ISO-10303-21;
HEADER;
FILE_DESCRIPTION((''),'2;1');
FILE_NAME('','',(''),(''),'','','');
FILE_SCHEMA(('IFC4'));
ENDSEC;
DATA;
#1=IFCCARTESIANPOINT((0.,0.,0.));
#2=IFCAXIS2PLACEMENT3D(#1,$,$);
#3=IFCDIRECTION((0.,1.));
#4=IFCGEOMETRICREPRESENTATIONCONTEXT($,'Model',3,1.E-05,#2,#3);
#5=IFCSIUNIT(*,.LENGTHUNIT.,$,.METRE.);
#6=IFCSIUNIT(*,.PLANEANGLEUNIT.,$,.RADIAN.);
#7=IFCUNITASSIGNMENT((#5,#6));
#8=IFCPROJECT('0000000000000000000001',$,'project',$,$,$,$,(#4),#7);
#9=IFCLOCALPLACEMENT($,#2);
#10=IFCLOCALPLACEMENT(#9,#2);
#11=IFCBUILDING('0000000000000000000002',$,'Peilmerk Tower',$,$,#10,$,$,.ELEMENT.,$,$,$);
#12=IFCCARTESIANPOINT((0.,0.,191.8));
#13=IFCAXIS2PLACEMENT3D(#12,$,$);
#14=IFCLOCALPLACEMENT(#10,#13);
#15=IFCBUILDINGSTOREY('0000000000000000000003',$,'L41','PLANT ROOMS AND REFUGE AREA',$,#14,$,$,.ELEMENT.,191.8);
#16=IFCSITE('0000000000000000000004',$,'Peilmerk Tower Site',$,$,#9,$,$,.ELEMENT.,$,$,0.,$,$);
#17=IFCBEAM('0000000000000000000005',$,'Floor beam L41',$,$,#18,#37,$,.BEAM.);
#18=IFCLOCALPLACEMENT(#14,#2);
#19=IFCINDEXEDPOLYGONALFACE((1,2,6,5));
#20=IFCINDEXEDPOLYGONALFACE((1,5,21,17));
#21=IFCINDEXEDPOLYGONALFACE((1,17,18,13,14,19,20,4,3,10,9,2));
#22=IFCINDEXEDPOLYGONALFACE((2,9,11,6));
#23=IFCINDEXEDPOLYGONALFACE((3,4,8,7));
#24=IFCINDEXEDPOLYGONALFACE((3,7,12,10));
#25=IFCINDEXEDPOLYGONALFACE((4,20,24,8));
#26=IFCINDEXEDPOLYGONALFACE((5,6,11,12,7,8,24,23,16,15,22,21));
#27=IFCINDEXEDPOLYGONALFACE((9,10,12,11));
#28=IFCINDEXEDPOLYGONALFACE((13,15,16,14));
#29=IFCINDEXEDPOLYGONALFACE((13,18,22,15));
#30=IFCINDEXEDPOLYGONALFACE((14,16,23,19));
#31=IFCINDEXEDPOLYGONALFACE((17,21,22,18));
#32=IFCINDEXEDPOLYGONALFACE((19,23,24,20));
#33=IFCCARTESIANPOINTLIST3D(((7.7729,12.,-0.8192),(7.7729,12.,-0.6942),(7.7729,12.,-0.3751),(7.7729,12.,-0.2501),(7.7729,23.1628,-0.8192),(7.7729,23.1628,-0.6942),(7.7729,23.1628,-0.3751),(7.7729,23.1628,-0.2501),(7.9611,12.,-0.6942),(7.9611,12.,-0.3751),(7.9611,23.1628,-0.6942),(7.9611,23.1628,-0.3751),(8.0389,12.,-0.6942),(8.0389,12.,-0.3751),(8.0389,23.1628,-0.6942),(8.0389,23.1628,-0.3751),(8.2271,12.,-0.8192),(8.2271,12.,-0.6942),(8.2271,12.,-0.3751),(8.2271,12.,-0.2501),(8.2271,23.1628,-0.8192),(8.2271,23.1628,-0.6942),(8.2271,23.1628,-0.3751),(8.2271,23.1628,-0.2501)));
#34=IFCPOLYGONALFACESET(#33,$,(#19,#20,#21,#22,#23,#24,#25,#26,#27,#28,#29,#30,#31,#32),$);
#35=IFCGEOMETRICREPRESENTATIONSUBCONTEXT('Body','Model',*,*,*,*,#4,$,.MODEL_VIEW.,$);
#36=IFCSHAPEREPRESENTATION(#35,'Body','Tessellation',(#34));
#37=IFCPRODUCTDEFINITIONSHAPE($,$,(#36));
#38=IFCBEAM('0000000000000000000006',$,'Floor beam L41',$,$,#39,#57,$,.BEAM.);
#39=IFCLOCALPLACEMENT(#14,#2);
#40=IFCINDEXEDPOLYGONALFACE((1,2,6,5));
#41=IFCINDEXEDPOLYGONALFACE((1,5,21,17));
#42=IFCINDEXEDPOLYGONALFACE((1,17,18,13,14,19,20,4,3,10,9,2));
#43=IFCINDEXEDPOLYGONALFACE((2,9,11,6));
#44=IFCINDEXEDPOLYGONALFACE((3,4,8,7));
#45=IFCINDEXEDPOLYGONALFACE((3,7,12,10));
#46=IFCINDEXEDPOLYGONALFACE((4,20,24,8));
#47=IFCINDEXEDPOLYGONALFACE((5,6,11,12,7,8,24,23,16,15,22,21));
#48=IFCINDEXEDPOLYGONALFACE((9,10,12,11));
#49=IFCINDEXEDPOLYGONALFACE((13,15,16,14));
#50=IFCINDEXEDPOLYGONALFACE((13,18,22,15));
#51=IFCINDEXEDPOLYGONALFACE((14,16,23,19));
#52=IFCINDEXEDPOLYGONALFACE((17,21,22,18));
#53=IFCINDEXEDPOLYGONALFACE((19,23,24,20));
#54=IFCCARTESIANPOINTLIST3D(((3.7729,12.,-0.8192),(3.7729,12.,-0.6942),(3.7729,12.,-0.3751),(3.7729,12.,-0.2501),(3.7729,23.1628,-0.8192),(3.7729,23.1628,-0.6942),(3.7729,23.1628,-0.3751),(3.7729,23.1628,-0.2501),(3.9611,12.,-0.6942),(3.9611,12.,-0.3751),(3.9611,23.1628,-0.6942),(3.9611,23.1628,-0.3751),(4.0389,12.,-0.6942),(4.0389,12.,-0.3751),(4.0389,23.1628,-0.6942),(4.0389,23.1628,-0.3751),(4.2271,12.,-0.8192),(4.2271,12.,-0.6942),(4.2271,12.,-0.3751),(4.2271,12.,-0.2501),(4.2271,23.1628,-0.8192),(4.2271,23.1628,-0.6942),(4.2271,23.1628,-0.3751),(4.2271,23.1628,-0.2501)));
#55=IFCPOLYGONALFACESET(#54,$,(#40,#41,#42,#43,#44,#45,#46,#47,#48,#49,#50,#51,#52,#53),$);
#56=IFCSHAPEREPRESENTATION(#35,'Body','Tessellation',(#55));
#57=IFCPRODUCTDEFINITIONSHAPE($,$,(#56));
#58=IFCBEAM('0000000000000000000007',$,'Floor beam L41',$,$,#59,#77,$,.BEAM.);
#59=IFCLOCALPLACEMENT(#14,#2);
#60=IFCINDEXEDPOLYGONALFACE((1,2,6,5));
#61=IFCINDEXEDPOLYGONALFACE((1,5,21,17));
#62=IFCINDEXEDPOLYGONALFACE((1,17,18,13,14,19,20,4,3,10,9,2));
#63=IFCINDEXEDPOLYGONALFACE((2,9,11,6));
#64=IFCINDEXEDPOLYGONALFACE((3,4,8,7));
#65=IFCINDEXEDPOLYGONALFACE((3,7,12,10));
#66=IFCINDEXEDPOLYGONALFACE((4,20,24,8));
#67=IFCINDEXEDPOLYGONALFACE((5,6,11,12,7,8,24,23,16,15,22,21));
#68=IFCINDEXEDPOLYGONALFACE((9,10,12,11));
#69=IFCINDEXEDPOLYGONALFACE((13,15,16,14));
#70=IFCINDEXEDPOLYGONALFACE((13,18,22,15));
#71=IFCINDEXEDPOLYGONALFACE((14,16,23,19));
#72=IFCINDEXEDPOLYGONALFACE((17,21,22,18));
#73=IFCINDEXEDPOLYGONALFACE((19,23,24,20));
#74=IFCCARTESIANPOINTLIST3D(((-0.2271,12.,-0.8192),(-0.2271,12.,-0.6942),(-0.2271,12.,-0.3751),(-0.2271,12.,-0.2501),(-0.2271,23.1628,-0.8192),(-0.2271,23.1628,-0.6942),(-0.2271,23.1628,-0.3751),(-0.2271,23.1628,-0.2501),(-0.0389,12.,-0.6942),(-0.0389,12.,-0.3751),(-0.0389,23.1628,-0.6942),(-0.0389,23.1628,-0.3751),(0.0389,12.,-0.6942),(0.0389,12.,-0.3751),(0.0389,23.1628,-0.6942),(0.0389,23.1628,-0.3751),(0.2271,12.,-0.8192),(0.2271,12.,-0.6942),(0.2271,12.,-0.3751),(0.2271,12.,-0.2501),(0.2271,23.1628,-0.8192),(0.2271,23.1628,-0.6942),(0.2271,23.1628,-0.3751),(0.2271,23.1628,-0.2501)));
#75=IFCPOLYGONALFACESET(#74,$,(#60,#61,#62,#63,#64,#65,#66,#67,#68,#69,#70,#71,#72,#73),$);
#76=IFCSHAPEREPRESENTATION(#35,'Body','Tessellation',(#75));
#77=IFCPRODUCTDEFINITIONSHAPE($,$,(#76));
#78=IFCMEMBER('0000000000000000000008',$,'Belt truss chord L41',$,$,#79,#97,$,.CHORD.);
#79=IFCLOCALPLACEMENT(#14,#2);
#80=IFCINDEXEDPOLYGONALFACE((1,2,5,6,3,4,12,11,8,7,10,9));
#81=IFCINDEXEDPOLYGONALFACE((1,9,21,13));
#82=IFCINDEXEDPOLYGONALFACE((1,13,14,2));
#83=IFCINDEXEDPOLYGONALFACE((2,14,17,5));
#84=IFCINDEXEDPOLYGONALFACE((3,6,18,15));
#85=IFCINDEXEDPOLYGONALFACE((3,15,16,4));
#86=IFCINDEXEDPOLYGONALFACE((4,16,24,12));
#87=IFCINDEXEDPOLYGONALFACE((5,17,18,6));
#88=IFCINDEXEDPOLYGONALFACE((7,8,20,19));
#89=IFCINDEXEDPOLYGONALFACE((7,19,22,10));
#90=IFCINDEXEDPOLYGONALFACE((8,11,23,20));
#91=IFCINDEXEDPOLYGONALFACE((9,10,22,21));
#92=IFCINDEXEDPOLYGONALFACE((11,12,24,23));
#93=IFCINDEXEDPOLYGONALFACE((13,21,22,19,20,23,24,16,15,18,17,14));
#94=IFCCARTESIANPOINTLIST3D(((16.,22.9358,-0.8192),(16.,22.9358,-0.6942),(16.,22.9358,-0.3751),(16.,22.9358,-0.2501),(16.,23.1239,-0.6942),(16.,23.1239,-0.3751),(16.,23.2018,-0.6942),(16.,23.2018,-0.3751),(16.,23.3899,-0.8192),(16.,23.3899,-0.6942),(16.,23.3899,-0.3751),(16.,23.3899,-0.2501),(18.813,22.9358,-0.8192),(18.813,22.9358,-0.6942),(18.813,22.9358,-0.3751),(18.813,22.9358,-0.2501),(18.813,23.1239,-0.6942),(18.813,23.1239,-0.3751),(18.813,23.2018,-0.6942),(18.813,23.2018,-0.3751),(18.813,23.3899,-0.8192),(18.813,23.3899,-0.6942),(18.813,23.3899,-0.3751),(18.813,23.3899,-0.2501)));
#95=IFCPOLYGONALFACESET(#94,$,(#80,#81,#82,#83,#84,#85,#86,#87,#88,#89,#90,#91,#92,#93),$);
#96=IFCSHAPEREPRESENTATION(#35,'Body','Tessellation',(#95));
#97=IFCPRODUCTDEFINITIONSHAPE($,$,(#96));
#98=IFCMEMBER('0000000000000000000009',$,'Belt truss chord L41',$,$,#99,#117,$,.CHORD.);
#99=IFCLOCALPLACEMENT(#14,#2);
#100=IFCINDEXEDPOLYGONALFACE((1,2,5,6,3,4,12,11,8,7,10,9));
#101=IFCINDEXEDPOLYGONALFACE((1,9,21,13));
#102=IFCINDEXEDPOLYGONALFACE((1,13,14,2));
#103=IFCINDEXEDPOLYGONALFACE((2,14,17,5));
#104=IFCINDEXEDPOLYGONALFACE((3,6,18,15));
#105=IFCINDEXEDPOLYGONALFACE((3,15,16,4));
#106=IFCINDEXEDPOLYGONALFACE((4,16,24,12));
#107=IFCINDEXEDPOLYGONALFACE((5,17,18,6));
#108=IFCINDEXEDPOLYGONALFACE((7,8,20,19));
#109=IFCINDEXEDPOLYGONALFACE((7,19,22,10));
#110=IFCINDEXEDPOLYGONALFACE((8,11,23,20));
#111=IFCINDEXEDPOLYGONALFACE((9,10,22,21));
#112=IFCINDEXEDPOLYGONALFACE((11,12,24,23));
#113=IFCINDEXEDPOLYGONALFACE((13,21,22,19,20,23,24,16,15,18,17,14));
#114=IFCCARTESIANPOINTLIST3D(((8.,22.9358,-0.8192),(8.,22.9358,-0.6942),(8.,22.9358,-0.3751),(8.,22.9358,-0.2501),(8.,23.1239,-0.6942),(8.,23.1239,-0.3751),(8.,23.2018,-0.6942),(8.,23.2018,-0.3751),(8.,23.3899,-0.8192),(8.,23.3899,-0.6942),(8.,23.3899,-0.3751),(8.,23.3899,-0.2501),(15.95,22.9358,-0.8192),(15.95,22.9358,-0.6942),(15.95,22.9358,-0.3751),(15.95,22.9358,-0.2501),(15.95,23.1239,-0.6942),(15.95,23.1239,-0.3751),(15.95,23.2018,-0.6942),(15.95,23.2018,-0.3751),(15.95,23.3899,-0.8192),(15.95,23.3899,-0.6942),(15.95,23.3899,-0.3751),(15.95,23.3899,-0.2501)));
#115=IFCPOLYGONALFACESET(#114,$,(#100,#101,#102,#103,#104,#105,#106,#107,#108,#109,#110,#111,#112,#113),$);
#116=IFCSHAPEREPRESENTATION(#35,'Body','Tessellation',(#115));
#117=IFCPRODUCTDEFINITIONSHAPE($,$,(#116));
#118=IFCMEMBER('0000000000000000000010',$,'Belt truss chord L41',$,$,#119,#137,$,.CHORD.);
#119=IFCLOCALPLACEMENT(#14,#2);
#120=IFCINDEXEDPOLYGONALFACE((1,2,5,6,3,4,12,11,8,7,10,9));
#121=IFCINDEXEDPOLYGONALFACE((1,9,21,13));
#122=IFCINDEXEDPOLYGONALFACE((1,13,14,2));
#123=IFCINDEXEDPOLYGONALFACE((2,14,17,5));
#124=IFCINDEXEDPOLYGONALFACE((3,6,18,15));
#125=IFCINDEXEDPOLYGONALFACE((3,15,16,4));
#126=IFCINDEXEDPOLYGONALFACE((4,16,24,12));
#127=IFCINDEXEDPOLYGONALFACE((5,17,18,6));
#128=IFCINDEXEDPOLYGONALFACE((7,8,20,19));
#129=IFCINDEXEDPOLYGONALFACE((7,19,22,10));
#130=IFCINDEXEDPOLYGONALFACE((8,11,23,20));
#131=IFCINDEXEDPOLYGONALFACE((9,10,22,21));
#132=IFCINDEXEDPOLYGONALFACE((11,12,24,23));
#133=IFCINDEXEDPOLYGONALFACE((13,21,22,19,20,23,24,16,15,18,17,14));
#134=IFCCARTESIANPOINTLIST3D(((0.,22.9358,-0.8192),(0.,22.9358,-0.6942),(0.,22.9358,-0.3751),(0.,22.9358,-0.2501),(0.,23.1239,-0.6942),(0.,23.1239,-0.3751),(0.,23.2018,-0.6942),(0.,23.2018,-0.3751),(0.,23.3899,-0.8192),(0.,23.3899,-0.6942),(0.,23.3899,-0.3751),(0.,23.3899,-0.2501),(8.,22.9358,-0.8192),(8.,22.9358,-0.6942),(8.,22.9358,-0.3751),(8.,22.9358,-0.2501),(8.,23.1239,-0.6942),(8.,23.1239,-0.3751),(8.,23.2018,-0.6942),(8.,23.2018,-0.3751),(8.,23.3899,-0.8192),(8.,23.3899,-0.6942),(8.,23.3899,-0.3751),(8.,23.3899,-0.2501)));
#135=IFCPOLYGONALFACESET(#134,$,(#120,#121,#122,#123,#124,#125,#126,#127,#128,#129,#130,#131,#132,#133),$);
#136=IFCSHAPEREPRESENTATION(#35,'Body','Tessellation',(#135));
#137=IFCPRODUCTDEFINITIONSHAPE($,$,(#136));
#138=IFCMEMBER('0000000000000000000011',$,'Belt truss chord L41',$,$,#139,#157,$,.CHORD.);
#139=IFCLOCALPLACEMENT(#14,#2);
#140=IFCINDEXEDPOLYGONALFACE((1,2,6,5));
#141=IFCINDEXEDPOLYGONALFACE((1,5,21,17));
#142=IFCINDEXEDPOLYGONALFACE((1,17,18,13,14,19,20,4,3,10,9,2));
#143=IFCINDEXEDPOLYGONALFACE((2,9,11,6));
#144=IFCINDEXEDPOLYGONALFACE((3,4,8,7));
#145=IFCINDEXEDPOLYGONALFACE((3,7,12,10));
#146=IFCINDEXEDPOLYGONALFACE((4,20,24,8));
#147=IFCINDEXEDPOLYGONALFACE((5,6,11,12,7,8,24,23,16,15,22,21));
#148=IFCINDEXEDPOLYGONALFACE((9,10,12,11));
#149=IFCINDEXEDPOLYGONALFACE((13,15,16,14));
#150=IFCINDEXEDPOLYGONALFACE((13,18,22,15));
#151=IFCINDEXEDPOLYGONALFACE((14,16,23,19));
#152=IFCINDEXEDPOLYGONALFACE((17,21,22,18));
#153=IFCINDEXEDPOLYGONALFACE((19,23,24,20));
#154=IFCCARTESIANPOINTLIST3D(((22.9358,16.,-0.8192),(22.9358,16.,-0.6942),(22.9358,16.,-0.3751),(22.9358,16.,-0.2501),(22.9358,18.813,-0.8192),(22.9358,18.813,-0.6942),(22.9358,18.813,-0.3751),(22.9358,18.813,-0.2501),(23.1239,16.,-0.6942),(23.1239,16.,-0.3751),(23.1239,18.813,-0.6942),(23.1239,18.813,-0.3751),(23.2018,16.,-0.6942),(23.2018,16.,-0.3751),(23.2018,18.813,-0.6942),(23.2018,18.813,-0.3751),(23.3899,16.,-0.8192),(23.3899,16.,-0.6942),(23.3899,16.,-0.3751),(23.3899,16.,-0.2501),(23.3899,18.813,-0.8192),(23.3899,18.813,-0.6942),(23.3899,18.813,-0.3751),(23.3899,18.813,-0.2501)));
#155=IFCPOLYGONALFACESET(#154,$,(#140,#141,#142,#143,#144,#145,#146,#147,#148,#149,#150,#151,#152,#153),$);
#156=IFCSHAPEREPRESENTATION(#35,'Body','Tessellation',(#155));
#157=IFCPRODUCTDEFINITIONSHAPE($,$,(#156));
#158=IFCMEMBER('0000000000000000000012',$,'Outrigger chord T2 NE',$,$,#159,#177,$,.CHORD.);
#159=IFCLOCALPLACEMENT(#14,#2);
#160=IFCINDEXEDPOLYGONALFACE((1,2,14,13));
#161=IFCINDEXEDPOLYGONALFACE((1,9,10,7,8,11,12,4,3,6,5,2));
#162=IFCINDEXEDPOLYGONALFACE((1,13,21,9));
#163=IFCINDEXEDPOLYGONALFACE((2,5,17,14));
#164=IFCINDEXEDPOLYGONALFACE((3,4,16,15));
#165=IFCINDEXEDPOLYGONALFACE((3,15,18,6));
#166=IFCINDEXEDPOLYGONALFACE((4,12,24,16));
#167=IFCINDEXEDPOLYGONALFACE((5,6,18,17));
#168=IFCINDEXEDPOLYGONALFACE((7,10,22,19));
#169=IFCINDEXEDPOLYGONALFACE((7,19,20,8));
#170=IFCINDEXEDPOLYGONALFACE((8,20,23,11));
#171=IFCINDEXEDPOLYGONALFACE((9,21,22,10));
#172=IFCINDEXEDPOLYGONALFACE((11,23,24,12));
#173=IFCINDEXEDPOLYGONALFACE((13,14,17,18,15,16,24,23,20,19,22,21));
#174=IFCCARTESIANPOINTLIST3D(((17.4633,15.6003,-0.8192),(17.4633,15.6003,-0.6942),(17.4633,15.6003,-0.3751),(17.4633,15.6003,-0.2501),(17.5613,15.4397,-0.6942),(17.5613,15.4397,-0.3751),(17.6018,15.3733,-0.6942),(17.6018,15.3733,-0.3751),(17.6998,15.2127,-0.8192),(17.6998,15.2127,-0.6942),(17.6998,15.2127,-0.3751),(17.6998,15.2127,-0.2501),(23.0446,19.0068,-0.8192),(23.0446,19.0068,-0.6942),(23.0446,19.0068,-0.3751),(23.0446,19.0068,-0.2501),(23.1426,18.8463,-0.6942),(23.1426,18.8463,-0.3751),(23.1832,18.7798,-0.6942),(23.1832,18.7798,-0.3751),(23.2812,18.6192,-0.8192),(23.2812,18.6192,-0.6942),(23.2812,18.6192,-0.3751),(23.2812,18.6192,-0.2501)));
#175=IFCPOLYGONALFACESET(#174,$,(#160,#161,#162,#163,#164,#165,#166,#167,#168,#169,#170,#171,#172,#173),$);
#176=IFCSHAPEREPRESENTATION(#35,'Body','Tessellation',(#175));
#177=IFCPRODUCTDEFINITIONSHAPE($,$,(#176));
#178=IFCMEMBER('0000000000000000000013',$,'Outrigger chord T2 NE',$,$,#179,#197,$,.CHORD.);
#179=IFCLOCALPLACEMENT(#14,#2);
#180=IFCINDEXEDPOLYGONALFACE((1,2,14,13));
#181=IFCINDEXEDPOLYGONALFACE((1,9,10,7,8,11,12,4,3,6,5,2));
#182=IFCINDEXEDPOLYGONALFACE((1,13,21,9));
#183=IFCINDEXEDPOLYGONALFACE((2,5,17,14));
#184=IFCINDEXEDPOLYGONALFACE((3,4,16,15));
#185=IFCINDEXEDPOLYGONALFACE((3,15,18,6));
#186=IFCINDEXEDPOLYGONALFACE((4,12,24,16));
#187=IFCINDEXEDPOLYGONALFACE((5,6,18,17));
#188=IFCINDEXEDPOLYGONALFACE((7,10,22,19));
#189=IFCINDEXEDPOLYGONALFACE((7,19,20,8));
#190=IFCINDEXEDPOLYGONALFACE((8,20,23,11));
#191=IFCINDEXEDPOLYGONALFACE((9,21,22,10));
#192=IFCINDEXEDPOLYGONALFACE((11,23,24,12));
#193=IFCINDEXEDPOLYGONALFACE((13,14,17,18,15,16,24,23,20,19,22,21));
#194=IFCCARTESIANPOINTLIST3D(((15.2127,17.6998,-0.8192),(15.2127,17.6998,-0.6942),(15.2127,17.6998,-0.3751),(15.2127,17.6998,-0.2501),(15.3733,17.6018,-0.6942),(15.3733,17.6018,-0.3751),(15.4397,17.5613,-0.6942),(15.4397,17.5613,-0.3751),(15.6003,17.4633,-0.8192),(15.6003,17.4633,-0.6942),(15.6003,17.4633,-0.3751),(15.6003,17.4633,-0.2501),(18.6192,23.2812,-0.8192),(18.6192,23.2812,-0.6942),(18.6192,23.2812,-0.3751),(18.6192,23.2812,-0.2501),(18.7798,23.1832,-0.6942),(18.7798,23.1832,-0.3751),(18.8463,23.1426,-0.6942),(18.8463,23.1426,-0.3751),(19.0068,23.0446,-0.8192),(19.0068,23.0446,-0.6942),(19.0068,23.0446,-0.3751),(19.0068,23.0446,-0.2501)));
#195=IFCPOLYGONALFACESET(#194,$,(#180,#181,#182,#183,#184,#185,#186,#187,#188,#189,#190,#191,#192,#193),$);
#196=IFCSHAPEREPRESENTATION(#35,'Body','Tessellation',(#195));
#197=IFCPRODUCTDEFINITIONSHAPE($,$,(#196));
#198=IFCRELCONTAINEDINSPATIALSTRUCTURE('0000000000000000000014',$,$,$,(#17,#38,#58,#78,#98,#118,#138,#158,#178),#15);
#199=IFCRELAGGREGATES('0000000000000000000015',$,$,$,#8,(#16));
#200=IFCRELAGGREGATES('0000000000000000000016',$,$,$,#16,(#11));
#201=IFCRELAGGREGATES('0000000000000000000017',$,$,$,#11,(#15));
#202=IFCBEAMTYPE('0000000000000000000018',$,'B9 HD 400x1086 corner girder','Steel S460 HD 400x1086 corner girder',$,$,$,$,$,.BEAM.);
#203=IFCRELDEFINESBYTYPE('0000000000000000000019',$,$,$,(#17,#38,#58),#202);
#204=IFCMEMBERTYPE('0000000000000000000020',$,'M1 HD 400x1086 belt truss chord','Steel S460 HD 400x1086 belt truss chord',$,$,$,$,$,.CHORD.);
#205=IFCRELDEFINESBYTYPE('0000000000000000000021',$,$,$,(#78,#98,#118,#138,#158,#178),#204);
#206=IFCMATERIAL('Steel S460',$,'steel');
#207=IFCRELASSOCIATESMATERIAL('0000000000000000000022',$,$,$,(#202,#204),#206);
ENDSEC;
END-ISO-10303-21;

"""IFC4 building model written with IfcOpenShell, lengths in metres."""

from ifc_helpers import new_model, si_unit, direction, frame, origin, origin_2d, place, context, subcontext, project, spatial, i_section, extrude, material, material_profile, profile_set, type_object, element, save


model = new_model("IFC4")

# Units and contexts
model_context = context("Model", 3, precision=1e-05, world=origin(), true_north=direction((0.0, 1.0)))
body_context = subcontext(model_context, "Body", "Model", "MODEL_VIEW")
ifc_project = project(units=[si_unit("LENGTHUNIT", "METRE"), si_unit("PLANEANGLEUNIT", "RADIAN")], contexts=[model_context])

# Site, building, storey
site_placement = place(None, origin())
site = spatial("IfcSite", under=ifc_project, at=site_placement, Name="Peilmerk Tower Site", CompositionType="ELEMENT", RefElevation=0.0)
building_placement = place(site_placement, origin())
building = spatial("IfcBuilding", under=site, at=building_placement, Name="Peilmerk Tower", CompositionType="ELEMENT")
storey_placement = place(building_placement, frame((0.0, 0.0, 191.8)))
storey = spatial("IfcBuildingStorey", under=building, at=storey_placement, Name="L41", Description="PLANT ROOMS AND REFUGE AREA", CompositionType="ELEMENT", Elevation=191.8)

# Shared definitions
ifc_material_1 = material(Name="Steel S460", Category="steel")

# Beams
ifc_material_profile_1 = material_profile(ifc_material_1, i_section(OverallWidth=0.4541, OverallDepth=0.5691, WebThickness=0.0779, FlangeThickness=0.125, at=origin_2d()), Name="HD 400x1086")
ifc_profile_set_1 = profile_set([ifc_material_profile_1], Name="Steel S460")
beam_type_1 = type_object("IfcBeamType", Name="B9 HD 400x1086 corner girder", Description="Steel S460 HD 400x1086 corner girder", PredefinedType="BEAM", material=ifc_profile_set_1)
for number, where, z_axis, x_axis, name in (
    (1, (8.0, 12.0, -0.5347), (0.0, 1.0, 0.0), (-1.0, 0.0, 0.0), "Floor beam L41"),
    (2, (4.0, 12.0, -0.5347), (0.0, 1.0, 0.0), (-1.0, 0.0, 0.0), "Floor beam L41"),
    (3, (0.0, 12.0, -0.5347), (0.0, 1.0, 0.0), (-1.0, 0.0, 0.0), "Floor beam L41"),
):
    element("IfcBeam", number, at=place(storey_placement, frame(where, z_axis=z_axis, x_axis=x_axis)), inside=storey, type_object=beam_type_1, Name=name, PredefinedType="BEAM", context=body_context, shape_type="SweptSolid", body=[
        extrude(i_section(OverallWidth=0.4541, OverallDepth=0.5691, WebThickness=0.0779, FlangeThickness=0.125, at=origin_2d()), origin(), (0.0, 0.0, 1.0), 11.1628),
    ])

# Members
ifc_material_profile_2 = material_profile(ifc_material_1, i_section(OverallWidth=0.4541, OverallDepth=0.5691, WebThickness=0.0779, FlangeThickness=0.125, at=origin_2d()), Name="HD 400x1086")
ifc_profile_set_2 = profile_set([ifc_material_profile_2], Name="Steel S460")
member_type_1 = type_object("IfcMemberType", Name="M1 HD 400x1086 belt truss chord", Description="Steel S460 HD 400x1086 belt truss chord", PredefinedType="CHORD", material=ifc_profile_set_2)
member_1_placement = place(storey_placement, frame((18.813, 23.1628, -0.5347), z_axis=(-1.0, 0.0, 0.0), x_axis=(0.0, -1.0, 0.0)))
element("IfcMember", 4, at=member_1_placement, inside=storey, type_object=member_type_1, Name="Belt truss chord L41", PredefinedType="CHORD", context=body_context, shape_type="SweptSolid", body=[
    extrude(i_section(OverallWidth=0.4541, OverallDepth=0.5691, WebThickness=0.0779, FlangeThickness=0.125, at=origin_2d()), origin(), (0.0, 0.0, 1.0), 2.813),
])
member_2_placement = place(storey_placement, frame((15.95, 23.1628, -0.5347), z_axis=(-1.0, 0.0, 0.0), x_axis=(0.0, -1.0, 0.0)))
element("IfcMember", 5, at=member_2_placement, inside=storey, type_object=member_type_1, Name="Belt truss chord L41", PredefinedType="CHORD", context=body_context, shape_type="SweptSolid", body=[
    extrude(i_section(OverallWidth=0.4541, OverallDepth=0.5691, WebThickness=0.0779, FlangeThickness=0.125, at=origin_2d()), origin(), (0.0, 0.0, 1.0), 7.95),
])
member_3_placement = place(storey_placement, frame((8.0, 23.1628, -0.5347), z_axis=(-1.0, 0.0, 0.0), x_axis=(0.0, -1.0, 0.0)))
element("IfcMember", 6, at=member_3_placement, inside=storey, type_object=member_type_1, Name="Belt truss chord L41", PredefinedType="CHORD", context=body_context, shape_type="SweptSolid", body=[
    extrude(i_section(OverallWidth=0.4541, OverallDepth=0.5691, WebThickness=0.0779, FlangeThickness=0.125, at=origin_2d()), origin(), (0.0, 0.0, 1.0), 8.0),
])
member_4_placement = place(storey_placement, frame((23.1628, 16.0, -0.5347), z_axis=(0.0, 1.0, 0.0), x_axis=(-1.0, 0.0, 0.0)))
element("IfcMember", 7, at=member_4_placement, inside=storey, type_object=member_type_1, Name="Belt truss chord L41", PredefinedType="CHORD", context=body_context, shape_type="SweptSolid", body=[
    extrude(i_section(OverallWidth=0.4541, OverallDepth=0.5691, WebThickness=0.0779, FlangeThickness=0.125, at=origin_2d()), origin(), (0.0, 0.0, 1.0), 2.813),
])
for number, where, z_axis, x_axis, name in (
    (8, (17.5815, 15.4065, -0.5347), (0.853574, 0.520971, 0.0), (-0.520971, 0.853574, 0.0), "Outrigger chord T2 NE"),
    (9, (15.4065, 17.5815, -0.5347), (0.520971, 0.853574, 0.0), (-0.853574, 0.520971, 0.0), "Outrigger chord T2 NE"),
):
    element("IfcMember", number, at=place(storey_placement, frame(where, z_axis=z_axis, x_axis=x_axis)), inside=storey, type_object=member_type_1, Name=name, PredefinedType="CHORD", context=body_context, shape_type="SweptSolid", body=[
        extrude(i_section(OverallWidth=0.4541, OverallDepth=0.5691, WebThickness=0.0779, FlangeThickness=0.125, at=origin_2d()), origin(), (0.0, 0.0, 1.0), 6.5388),
    ])

save(model, "model.ifc")
